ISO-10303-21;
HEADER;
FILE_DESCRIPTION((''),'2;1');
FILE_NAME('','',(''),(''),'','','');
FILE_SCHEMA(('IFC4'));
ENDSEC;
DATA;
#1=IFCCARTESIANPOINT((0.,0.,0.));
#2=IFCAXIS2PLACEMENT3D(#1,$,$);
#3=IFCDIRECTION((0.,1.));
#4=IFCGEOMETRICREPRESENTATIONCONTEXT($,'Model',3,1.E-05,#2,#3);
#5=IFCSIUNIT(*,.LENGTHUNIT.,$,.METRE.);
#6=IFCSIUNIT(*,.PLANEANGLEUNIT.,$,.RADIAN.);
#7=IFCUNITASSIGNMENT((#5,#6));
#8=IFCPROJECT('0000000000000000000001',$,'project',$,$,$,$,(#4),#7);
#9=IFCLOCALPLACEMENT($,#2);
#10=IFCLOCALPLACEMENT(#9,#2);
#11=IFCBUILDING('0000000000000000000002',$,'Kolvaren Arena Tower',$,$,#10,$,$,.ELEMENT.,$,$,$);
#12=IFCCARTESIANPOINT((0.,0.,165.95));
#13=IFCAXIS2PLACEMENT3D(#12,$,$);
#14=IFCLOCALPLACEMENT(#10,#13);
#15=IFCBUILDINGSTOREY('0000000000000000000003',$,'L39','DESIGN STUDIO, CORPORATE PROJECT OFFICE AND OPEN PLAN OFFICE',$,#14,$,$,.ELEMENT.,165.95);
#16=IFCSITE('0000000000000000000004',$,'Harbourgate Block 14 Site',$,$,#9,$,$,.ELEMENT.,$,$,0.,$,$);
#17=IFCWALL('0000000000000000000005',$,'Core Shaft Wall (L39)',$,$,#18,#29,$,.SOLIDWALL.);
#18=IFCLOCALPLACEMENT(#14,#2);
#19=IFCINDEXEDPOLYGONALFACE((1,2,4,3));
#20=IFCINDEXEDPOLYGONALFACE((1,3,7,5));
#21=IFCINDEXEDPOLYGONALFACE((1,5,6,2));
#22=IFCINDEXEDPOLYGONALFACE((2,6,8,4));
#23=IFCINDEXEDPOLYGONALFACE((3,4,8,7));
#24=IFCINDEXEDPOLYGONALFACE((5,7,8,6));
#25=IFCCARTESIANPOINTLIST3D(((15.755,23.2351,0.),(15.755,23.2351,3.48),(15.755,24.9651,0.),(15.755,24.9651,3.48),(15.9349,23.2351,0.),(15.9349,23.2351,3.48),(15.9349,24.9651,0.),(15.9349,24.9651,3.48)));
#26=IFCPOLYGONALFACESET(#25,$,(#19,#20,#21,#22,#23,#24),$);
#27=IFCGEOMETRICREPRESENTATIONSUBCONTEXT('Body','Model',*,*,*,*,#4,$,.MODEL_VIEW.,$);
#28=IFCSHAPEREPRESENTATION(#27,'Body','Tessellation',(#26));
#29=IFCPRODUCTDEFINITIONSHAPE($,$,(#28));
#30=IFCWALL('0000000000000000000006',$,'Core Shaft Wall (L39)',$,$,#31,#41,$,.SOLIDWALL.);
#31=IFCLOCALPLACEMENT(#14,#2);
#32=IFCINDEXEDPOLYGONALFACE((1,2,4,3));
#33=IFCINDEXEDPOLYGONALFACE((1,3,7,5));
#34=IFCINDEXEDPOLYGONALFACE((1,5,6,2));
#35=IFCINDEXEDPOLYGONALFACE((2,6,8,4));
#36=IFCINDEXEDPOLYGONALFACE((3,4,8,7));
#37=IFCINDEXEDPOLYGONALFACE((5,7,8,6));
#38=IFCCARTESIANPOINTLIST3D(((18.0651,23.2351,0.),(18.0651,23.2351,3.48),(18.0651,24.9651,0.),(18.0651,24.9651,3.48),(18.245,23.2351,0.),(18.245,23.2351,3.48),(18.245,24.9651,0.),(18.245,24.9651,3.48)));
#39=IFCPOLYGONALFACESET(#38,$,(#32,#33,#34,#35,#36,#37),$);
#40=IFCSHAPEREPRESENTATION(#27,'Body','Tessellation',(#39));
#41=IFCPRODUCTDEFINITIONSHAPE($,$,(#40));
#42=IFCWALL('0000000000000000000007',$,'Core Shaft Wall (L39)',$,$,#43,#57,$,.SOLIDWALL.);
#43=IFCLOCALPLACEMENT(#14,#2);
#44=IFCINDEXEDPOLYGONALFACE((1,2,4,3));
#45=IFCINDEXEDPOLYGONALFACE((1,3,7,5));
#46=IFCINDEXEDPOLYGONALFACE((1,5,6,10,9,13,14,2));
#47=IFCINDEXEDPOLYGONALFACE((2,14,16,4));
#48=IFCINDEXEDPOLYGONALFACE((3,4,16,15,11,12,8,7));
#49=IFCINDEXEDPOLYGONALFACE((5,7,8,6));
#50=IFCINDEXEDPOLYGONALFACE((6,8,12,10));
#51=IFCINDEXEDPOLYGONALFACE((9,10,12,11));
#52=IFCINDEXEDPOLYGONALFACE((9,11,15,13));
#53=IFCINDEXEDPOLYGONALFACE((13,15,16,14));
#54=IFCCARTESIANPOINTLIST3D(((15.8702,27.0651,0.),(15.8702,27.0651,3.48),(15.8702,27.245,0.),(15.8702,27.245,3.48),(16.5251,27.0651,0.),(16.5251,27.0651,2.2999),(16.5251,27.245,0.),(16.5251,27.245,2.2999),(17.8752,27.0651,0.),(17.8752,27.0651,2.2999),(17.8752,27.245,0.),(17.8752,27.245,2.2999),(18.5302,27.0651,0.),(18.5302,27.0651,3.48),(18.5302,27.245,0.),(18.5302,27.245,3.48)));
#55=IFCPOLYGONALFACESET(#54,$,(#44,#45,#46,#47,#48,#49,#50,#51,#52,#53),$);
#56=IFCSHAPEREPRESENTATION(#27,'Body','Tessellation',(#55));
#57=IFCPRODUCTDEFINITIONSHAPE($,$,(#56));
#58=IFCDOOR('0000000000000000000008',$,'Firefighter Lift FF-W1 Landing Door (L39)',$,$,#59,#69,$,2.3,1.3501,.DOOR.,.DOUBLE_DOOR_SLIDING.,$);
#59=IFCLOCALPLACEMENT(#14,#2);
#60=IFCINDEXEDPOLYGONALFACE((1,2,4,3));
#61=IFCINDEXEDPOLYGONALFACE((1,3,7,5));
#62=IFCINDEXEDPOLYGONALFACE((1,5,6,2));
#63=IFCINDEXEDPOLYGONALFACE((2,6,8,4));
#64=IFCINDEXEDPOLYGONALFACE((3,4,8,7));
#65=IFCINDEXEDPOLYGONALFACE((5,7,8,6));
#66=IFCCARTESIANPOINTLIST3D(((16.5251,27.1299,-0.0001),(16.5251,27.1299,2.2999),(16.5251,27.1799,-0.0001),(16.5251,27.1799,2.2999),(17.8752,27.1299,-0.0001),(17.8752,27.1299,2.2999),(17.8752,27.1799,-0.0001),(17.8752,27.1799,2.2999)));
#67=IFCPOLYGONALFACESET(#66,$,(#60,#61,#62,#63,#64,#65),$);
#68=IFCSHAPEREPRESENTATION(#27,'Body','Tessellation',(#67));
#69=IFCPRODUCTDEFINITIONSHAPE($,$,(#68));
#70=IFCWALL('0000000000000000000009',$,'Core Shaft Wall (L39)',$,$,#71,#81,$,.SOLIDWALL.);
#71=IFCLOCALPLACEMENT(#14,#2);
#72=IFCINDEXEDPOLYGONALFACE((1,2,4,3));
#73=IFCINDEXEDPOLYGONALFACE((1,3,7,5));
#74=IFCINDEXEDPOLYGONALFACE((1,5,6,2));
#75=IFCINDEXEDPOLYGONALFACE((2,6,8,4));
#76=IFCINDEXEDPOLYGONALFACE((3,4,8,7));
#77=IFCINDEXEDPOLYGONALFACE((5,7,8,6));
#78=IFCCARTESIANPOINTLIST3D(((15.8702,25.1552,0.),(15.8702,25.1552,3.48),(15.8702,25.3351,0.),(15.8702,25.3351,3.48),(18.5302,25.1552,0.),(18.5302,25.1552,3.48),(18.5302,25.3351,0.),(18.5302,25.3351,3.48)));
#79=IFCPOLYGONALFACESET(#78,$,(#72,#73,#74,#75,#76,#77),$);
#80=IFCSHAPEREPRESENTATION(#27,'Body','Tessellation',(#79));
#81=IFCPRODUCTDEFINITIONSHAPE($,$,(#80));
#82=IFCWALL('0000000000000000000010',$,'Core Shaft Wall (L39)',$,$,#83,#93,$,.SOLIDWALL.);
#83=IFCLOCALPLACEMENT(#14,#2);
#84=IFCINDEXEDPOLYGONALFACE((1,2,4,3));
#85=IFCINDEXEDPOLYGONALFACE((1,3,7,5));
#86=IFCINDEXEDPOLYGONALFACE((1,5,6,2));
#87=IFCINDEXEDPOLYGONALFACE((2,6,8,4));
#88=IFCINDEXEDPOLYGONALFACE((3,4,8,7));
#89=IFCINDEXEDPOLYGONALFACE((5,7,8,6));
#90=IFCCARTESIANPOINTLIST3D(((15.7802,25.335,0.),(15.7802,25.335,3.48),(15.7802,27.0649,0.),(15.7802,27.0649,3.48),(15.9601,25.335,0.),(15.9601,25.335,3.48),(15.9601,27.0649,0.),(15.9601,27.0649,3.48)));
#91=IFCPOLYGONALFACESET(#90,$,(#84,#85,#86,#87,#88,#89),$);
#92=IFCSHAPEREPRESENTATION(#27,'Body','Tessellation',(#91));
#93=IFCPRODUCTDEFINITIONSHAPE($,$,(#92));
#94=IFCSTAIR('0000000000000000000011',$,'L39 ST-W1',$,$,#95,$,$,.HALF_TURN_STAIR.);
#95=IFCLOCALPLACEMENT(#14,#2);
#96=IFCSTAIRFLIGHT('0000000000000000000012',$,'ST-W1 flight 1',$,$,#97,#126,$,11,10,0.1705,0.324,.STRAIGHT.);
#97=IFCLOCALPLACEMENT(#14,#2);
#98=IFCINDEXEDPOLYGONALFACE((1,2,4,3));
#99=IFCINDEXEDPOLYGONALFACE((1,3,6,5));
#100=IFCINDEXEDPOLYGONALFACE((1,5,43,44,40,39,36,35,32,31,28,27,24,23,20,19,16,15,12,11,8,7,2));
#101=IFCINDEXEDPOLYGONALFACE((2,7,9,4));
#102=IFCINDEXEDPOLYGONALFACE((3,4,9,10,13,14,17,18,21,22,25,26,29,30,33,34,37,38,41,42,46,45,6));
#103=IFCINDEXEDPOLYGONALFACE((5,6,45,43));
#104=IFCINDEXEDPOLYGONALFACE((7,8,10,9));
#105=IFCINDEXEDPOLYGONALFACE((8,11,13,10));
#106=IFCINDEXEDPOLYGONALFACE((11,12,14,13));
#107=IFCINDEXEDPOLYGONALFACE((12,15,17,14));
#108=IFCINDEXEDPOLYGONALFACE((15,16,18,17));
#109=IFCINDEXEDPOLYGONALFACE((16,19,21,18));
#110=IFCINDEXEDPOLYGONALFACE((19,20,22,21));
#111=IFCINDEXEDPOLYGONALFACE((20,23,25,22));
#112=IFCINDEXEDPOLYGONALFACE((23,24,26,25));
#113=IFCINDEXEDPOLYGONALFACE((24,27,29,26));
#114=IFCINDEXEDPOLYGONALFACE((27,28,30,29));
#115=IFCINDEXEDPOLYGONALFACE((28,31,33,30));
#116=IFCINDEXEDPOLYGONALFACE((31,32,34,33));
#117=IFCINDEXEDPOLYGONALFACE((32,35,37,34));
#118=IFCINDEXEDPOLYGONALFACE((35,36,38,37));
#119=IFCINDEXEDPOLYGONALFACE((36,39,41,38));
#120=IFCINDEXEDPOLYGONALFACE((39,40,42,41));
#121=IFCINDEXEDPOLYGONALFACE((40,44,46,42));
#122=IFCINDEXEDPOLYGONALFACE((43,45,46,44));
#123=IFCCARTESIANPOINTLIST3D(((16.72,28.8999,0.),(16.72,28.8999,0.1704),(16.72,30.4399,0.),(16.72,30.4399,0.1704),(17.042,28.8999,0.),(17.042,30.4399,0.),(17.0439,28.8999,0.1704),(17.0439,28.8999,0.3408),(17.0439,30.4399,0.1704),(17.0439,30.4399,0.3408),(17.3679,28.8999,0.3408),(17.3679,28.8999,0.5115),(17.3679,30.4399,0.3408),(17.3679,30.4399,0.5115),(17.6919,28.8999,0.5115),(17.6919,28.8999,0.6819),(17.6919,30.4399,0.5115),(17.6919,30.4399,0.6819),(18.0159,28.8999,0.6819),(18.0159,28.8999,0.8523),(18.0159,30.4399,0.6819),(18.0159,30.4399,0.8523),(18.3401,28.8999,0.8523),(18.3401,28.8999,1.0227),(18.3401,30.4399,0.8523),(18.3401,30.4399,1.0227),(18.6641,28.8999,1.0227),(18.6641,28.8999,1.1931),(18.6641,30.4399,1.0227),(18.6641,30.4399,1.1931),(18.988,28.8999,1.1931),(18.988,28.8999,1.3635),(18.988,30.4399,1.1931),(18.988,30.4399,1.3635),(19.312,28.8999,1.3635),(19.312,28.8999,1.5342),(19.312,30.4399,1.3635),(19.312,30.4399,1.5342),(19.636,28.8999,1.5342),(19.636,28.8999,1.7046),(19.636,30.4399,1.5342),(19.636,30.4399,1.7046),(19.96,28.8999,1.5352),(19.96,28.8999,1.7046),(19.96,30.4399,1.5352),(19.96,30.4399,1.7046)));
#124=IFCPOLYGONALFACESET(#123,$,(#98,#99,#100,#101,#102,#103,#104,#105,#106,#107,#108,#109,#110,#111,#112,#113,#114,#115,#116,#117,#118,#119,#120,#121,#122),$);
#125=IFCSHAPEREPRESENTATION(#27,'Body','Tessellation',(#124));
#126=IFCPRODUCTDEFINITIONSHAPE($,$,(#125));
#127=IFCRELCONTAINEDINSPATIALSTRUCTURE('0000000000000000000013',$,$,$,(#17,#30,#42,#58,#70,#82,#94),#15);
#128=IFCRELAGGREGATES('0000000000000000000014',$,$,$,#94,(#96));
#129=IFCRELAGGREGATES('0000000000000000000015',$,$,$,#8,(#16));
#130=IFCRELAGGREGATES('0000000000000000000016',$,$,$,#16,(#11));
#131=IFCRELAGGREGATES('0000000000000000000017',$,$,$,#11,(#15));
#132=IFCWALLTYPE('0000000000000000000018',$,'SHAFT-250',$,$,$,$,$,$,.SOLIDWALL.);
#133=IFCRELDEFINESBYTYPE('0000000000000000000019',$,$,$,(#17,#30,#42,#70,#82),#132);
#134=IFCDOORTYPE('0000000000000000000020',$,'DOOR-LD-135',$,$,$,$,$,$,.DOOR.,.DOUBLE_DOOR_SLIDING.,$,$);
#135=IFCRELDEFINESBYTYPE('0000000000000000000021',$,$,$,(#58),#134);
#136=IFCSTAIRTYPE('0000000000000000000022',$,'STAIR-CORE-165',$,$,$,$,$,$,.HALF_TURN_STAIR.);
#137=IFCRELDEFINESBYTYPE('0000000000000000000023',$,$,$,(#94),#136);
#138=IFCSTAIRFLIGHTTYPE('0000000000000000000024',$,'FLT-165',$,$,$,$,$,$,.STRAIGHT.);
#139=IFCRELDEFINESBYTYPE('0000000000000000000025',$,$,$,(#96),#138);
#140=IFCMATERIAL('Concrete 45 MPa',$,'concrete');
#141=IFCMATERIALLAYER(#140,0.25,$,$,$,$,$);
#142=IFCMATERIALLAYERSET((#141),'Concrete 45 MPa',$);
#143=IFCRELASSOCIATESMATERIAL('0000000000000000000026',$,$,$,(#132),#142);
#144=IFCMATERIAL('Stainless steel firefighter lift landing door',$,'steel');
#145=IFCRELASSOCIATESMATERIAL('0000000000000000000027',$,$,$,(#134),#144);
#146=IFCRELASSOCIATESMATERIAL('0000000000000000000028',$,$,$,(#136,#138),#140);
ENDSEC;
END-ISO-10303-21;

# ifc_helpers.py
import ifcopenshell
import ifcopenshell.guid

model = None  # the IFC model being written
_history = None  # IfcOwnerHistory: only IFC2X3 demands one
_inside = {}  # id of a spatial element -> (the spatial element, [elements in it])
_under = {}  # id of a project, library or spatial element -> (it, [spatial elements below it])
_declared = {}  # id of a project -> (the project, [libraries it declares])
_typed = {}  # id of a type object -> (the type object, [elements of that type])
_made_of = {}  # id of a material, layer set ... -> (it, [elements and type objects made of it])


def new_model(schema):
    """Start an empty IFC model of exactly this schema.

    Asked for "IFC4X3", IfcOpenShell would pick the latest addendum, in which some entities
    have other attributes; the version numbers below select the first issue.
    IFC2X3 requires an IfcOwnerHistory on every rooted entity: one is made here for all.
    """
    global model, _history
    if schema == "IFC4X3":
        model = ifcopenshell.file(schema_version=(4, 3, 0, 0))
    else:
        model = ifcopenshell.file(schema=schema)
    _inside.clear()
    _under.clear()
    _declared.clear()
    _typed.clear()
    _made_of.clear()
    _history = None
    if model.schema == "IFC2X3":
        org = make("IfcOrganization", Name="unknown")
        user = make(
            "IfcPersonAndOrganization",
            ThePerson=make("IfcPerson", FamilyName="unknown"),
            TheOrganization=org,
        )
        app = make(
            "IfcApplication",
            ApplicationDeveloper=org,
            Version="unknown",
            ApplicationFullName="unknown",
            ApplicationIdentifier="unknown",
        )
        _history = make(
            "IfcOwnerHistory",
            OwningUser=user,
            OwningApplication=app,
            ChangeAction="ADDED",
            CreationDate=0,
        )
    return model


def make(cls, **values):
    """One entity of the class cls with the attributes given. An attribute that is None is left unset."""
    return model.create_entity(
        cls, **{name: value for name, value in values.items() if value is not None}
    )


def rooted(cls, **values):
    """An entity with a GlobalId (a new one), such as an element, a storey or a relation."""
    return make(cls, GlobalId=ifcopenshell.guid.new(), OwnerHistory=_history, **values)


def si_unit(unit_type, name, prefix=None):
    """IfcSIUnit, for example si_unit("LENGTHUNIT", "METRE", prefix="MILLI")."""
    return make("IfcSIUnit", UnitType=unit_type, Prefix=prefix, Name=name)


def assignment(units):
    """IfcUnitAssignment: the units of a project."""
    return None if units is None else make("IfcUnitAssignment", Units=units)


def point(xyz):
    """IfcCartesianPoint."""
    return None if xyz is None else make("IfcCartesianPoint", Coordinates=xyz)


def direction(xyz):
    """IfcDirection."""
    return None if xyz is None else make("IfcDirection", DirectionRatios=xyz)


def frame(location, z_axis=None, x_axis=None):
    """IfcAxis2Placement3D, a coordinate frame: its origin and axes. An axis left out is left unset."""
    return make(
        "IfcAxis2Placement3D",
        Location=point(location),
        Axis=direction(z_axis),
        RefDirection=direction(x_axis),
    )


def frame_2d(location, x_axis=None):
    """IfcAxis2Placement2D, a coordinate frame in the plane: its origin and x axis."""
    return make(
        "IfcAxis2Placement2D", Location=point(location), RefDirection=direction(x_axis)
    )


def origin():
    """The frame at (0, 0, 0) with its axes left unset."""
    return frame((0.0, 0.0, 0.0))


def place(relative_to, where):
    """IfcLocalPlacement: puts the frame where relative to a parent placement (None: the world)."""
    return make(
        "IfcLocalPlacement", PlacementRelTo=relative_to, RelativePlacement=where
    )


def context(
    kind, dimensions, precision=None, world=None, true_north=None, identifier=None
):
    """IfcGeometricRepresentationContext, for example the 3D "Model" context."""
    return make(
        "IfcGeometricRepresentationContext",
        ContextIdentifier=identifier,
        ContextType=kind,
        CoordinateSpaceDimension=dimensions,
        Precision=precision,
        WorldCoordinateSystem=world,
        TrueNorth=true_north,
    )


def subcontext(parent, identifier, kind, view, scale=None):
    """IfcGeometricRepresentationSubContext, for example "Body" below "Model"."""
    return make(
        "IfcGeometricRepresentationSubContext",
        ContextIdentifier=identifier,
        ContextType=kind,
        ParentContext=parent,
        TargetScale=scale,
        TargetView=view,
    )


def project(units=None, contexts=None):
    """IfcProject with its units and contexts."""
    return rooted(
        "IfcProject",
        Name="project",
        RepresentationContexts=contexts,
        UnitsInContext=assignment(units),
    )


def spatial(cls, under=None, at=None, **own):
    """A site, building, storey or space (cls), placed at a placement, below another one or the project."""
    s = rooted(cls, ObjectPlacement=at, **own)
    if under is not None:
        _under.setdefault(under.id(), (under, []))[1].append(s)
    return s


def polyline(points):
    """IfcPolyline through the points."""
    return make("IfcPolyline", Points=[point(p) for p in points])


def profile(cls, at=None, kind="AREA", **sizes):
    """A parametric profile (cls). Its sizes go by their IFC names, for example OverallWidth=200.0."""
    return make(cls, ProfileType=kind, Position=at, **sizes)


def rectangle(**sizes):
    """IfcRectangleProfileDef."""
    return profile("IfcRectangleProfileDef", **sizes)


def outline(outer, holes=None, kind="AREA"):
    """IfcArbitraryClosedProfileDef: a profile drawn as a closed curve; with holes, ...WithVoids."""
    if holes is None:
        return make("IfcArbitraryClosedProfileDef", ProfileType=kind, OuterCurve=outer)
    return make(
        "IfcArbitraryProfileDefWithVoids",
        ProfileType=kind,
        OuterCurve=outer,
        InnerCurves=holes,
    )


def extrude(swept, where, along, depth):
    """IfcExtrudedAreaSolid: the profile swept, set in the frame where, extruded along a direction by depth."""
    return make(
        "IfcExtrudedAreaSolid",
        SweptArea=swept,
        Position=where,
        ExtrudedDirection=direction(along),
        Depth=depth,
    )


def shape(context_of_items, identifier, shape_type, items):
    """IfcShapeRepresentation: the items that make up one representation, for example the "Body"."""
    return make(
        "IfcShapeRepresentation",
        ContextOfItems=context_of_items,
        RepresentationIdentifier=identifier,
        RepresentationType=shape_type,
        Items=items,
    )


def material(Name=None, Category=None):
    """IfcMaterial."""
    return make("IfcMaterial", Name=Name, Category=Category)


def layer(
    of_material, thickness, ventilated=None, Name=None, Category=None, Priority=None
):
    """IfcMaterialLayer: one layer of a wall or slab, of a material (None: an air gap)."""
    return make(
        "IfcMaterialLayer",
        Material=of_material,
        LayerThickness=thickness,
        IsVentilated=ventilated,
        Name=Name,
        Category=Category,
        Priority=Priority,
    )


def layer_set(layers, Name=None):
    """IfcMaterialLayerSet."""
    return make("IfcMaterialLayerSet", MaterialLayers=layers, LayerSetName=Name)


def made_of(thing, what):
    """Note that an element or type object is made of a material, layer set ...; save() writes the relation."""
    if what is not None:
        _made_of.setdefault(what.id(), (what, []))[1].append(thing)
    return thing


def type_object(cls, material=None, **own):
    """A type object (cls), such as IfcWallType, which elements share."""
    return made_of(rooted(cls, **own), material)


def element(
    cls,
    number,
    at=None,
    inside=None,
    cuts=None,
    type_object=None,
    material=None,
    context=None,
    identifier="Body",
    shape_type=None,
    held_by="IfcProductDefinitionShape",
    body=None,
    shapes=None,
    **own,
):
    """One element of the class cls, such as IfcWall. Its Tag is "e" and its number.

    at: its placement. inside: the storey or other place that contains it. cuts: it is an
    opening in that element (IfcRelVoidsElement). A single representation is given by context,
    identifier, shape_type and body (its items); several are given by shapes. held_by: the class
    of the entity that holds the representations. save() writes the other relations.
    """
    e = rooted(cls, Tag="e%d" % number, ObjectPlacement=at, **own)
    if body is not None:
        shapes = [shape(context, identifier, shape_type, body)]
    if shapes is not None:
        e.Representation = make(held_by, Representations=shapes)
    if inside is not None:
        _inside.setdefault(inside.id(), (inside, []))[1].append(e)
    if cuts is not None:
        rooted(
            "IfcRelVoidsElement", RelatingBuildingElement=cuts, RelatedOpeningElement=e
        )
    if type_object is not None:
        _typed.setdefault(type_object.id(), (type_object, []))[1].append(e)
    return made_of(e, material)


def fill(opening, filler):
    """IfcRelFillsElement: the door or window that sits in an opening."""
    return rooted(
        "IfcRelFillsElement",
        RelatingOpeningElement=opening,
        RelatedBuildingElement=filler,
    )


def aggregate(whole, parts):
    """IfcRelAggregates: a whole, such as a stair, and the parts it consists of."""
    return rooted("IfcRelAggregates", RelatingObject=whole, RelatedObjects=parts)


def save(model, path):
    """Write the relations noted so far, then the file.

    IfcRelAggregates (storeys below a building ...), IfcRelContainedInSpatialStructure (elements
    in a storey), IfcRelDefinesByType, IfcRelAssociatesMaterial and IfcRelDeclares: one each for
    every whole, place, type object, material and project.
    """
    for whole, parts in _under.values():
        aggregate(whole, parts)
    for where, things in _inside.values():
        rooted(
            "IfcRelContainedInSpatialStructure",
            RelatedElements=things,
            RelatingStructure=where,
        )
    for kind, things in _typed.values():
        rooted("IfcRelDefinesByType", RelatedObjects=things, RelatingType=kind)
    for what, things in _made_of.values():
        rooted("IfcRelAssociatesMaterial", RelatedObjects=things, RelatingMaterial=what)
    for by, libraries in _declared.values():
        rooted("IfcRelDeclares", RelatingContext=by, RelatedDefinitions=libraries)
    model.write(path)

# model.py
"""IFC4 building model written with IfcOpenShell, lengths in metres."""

from ifc_helpers import new_model, si_unit, direction, frame, frame_2d, origin, place, context, subcontext, project, spatial, polyline, rectangle, outline, extrude, material, layer, layer_set, type_object, element, fill, aggregate, save


model = new_model("IFC4")

# Units and contexts
model_context = context("Model", 3, precision=1e-05, world=origin(), true_north=direction((0.0, 1.0)))
body_context = subcontext(model_context, "Body", "Model", "MODEL_VIEW")
ifc_project = project(units=[si_unit("LENGTHUNIT", "METRE"), si_unit("PLANEANGLEUNIT", "RADIAN")], contexts=[model_context])

# Site, building, storey
site_placement = place(None, origin())
site = spatial("IfcSite", under=ifc_project, at=site_placement, Name="Harbourgate Block 14 Site", CompositionType="ELEMENT", RefElevation=0.0)
building_placement = place(site_placement, origin())
building = spatial("IfcBuilding", under=site, at=building_placement, Name="Kolvaren Arena Tower", CompositionType="ELEMENT")
storey_placement = place(building_placement, frame((0.0, 0.0, 165.95)))
storey = spatial("IfcBuildingStorey", under=building, at=storey_placement, Name="L39", Description="DESIGN STUDIO, CORPORATE PROJECT OFFICE AND OPEN PLAN OFFICE", CompositionType="ELEMENT", Elevation=165.95)

# Shared definitions
ifc_material_1 = material(Name="Concrete 45 MPa", Category="concrete")
ifc_layer = layer(ifc_material_1, 0.25)
ifc_layer_set = layer_set([ifc_layer], Name="Concrete 45 MPa")
wall_type = type_object("IfcWallType", Name="SHAFT-250", PredefinedType="SOLIDWALL", material=ifc_layer_set)

# Walls
for number, where, z_axis, x_axis, name in (
    (1, (15.845, 23.2351, 0.0), (0.0, 0.0, 1.0), (0.0, 1.0, 0.0), "Core Shaft Wall (L39)"),
    (2, (18.155, 23.2351, 0.0), (0.0, 0.0, 1.0), (0.0, 1.0, 0.0), "Core Shaft Wall (L39)"),
):
    element("IfcWall", number, at=place(storey_placement, frame(where, z_axis=z_axis, x_axis=x_axis)), inside=storey, type_object=wall_type, Name=name, PredefinedType="SOLIDWALL", context=body_context, shape_type="SweptSolid", body=[
        extrude(rectangle(XDim=1.73, YDim=0.1799, at=frame_2d((0.865, 0.0))), origin(), (0.0, 0.0, 1.0), 3.48),
    ])

# Wall, opening, door
wall_1_placement = place(storey_placement, frame((15.8701, 27.155, 0.0), z_axis=(0.0, 0.0, 1.0), x_axis=(1.0, 0.0, 0.0)))
wall_1 = element("IfcWall", 3, at=wall_1_placement, inside=storey, type_object=wall_type, Name="Core Shaft Wall (L39)", PredefinedType="SOLIDWALL", context=body_context, shape_type="SweptSolid", body=[
    extrude(rectangle(XDim=2.6599, YDim=0.1799, at=frame_2d((1.3301, 0.0))), origin(), (0.0, 0.0, 1.0), 3.48),
])
opening_1_placement = place(wall_1_placement, frame((0.655, 0.0, 0.0)))
opening_1 = element("IfcOpeningElement", 4, at=opening_1_placement, cuts=wall_1, PredefinedType="OPENING", context=body_context, shape_type="SweptSolid", body=[
    extrude(rectangle(XDim=1.3501, YDim=2.3, at=frame_2d((0.675, 1.1499))), frame((0.0, 0.0999, 0.0), z_axis=(0.0, -1.0, 0.0), x_axis=(1.0, 0.0, 0.0)), (0.0, 0.0, 1.0), 0.2),
])
ifc_material_2 = material(Name="Stainless steel firefighter lift landing door", Category="steel")
door_type_1 = type_object("IfcDoorType", Name="DOOR-LD-135", OperationType="DOUBLE_DOOR_SLIDING", PredefinedType="DOOR", material=ifc_material_2)
door_1_placement = place(opening_1_placement, origin())
door_1 = element("IfcDoor", 5, at=door_1_placement, inside=storey, type_object=door_type_1, Name="Firefighter Lift FF-W1 Landing Door (L39)", OperationType="DOUBLE_DOOR_SLIDING", OverallHeight=2.3, OverallWidth=1.3501, PredefinedType="DOOR", context=body_context, shape_type="SweptSolid", body=[
    extrude(rectangle(XDim=1.3501, YDim=2.3, at=frame_2d((0.675, 1.1499))), frame((0.0, 0.0249, 0.0), z_axis=(0.0, -1.0, 0.0), x_axis=(1.0, 0.0, 0.0)), (0.0, 0.0, 1.0), 0.05),
])
fill(opening_1, door_1)

# Walls
wall_2_placement = place(storey_placement, frame((15.8701, 25.2451, 0.0), z_axis=(0.0, 0.0, 1.0), x_axis=(1.0, 0.0, 0.0)))
element("IfcWall", 6, at=wall_2_placement, inside=storey, type_object=wall_type, Name="Core Shaft Wall (L39)", PredefinedType="SOLIDWALL", context=body_context, shape_type="SweptSolid", body=[
    extrude(rectangle(XDim=2.6599, YDim=0.1799, at=frame_2d((1.3301, 0.0))), origin(), (0.0, 0.0, 1.0), 3.48),
])
wall_3_placement = place(storey_placement, frame((15.8701, 25.335, 0.0), z_axis=(0.0, 0.0, 1.0), x_axis=(0.0, 1.0, 0.0)))
element("IfcWall", 7, at=wall_3_placement, inside=storey, type_object=wall_type, Name="Core Shaft Wall (L39)", PredefinedType="SOLIDWALL", context=body_context, shape_type="SweptSolid", body=[
    extrude(rectangle(XDim=1.73, YDim=0.1799, at=frame_2d((0.865, 0.0))), origin(), (0.0, 0.0, 1.0), 3.48),
])

# Stair, stair flight
stair_type = type_object("IfcStairType", Name="STAIR-CORE-165", PredefinedType="HALF_TURN_STAIR", material=ifc_material_1)
stair_placement = place(storey_placement, origin())
stair = element("IfcStair", 8, at=stair_placement, inside=storey, type_object=stair_type, Name="L39 ST-W1", PredefinedType="HALF_TURN_STAIR")
stair_flight_type = type_object("IfcStairFlightType", Name="FLT-165", PredefinedType="STRAIGHT", material=ifc_material_1)
stair_flight_placement = place(storey_placement, frame((16.72, 29.6699, 0.0), z_axis=(0.0, 0.0, 1.0), x_axis=(1.0, 0.0, 0.0)))
stair_flight = element("IfcStairFlight", 9, at=stair_flight_placement, type_object=stair_flight_type, Name="ST-W1 flight 1", NumberOfRisers=11, NumberOfTreads=10, PredefinedType="STRAIGHT", RiserHeight=0.1705, TreadLength=0.324, context=body_context, shape_type="SweptSolid", body=[
    extrude(outline(polyline([(0.0, 0.0), (0.0, 0.1704), (0.324, 0.1704), (0.324, 0.3408), (0.6479, 0.3408), (0.6479, 0.5115), (0.9719, 0.5115), (0.9719, 0.6819), (1.2959, 0.6819), (1.2959, 0.8523), (1.6201, 0.8523), (1.6201, 1.0227), (1.9441, 1.0227), (1.9441, 1.1931), (2.2681, 1.1931), (2.2681, 1.3635), (2.592, 1.3635), (2.592, 1.5342), (2.916, 1.5342), (2.916, 1.7046), (3.24, 1.7046), (3.24, 1.875), (3.24, 1.5352), (0.322, 0.0), (0.0, 0.0)])), frame((0.0, 0.77, 0.0), z_axis=(0.0, -1.0, 0.0), x_axis=(1.0, 0.0, 0.0)), (0.0, 0.0, 1.0), 1.54),
])
aggregate(stair, [stair_flight])

save(model, "model.ifc")
